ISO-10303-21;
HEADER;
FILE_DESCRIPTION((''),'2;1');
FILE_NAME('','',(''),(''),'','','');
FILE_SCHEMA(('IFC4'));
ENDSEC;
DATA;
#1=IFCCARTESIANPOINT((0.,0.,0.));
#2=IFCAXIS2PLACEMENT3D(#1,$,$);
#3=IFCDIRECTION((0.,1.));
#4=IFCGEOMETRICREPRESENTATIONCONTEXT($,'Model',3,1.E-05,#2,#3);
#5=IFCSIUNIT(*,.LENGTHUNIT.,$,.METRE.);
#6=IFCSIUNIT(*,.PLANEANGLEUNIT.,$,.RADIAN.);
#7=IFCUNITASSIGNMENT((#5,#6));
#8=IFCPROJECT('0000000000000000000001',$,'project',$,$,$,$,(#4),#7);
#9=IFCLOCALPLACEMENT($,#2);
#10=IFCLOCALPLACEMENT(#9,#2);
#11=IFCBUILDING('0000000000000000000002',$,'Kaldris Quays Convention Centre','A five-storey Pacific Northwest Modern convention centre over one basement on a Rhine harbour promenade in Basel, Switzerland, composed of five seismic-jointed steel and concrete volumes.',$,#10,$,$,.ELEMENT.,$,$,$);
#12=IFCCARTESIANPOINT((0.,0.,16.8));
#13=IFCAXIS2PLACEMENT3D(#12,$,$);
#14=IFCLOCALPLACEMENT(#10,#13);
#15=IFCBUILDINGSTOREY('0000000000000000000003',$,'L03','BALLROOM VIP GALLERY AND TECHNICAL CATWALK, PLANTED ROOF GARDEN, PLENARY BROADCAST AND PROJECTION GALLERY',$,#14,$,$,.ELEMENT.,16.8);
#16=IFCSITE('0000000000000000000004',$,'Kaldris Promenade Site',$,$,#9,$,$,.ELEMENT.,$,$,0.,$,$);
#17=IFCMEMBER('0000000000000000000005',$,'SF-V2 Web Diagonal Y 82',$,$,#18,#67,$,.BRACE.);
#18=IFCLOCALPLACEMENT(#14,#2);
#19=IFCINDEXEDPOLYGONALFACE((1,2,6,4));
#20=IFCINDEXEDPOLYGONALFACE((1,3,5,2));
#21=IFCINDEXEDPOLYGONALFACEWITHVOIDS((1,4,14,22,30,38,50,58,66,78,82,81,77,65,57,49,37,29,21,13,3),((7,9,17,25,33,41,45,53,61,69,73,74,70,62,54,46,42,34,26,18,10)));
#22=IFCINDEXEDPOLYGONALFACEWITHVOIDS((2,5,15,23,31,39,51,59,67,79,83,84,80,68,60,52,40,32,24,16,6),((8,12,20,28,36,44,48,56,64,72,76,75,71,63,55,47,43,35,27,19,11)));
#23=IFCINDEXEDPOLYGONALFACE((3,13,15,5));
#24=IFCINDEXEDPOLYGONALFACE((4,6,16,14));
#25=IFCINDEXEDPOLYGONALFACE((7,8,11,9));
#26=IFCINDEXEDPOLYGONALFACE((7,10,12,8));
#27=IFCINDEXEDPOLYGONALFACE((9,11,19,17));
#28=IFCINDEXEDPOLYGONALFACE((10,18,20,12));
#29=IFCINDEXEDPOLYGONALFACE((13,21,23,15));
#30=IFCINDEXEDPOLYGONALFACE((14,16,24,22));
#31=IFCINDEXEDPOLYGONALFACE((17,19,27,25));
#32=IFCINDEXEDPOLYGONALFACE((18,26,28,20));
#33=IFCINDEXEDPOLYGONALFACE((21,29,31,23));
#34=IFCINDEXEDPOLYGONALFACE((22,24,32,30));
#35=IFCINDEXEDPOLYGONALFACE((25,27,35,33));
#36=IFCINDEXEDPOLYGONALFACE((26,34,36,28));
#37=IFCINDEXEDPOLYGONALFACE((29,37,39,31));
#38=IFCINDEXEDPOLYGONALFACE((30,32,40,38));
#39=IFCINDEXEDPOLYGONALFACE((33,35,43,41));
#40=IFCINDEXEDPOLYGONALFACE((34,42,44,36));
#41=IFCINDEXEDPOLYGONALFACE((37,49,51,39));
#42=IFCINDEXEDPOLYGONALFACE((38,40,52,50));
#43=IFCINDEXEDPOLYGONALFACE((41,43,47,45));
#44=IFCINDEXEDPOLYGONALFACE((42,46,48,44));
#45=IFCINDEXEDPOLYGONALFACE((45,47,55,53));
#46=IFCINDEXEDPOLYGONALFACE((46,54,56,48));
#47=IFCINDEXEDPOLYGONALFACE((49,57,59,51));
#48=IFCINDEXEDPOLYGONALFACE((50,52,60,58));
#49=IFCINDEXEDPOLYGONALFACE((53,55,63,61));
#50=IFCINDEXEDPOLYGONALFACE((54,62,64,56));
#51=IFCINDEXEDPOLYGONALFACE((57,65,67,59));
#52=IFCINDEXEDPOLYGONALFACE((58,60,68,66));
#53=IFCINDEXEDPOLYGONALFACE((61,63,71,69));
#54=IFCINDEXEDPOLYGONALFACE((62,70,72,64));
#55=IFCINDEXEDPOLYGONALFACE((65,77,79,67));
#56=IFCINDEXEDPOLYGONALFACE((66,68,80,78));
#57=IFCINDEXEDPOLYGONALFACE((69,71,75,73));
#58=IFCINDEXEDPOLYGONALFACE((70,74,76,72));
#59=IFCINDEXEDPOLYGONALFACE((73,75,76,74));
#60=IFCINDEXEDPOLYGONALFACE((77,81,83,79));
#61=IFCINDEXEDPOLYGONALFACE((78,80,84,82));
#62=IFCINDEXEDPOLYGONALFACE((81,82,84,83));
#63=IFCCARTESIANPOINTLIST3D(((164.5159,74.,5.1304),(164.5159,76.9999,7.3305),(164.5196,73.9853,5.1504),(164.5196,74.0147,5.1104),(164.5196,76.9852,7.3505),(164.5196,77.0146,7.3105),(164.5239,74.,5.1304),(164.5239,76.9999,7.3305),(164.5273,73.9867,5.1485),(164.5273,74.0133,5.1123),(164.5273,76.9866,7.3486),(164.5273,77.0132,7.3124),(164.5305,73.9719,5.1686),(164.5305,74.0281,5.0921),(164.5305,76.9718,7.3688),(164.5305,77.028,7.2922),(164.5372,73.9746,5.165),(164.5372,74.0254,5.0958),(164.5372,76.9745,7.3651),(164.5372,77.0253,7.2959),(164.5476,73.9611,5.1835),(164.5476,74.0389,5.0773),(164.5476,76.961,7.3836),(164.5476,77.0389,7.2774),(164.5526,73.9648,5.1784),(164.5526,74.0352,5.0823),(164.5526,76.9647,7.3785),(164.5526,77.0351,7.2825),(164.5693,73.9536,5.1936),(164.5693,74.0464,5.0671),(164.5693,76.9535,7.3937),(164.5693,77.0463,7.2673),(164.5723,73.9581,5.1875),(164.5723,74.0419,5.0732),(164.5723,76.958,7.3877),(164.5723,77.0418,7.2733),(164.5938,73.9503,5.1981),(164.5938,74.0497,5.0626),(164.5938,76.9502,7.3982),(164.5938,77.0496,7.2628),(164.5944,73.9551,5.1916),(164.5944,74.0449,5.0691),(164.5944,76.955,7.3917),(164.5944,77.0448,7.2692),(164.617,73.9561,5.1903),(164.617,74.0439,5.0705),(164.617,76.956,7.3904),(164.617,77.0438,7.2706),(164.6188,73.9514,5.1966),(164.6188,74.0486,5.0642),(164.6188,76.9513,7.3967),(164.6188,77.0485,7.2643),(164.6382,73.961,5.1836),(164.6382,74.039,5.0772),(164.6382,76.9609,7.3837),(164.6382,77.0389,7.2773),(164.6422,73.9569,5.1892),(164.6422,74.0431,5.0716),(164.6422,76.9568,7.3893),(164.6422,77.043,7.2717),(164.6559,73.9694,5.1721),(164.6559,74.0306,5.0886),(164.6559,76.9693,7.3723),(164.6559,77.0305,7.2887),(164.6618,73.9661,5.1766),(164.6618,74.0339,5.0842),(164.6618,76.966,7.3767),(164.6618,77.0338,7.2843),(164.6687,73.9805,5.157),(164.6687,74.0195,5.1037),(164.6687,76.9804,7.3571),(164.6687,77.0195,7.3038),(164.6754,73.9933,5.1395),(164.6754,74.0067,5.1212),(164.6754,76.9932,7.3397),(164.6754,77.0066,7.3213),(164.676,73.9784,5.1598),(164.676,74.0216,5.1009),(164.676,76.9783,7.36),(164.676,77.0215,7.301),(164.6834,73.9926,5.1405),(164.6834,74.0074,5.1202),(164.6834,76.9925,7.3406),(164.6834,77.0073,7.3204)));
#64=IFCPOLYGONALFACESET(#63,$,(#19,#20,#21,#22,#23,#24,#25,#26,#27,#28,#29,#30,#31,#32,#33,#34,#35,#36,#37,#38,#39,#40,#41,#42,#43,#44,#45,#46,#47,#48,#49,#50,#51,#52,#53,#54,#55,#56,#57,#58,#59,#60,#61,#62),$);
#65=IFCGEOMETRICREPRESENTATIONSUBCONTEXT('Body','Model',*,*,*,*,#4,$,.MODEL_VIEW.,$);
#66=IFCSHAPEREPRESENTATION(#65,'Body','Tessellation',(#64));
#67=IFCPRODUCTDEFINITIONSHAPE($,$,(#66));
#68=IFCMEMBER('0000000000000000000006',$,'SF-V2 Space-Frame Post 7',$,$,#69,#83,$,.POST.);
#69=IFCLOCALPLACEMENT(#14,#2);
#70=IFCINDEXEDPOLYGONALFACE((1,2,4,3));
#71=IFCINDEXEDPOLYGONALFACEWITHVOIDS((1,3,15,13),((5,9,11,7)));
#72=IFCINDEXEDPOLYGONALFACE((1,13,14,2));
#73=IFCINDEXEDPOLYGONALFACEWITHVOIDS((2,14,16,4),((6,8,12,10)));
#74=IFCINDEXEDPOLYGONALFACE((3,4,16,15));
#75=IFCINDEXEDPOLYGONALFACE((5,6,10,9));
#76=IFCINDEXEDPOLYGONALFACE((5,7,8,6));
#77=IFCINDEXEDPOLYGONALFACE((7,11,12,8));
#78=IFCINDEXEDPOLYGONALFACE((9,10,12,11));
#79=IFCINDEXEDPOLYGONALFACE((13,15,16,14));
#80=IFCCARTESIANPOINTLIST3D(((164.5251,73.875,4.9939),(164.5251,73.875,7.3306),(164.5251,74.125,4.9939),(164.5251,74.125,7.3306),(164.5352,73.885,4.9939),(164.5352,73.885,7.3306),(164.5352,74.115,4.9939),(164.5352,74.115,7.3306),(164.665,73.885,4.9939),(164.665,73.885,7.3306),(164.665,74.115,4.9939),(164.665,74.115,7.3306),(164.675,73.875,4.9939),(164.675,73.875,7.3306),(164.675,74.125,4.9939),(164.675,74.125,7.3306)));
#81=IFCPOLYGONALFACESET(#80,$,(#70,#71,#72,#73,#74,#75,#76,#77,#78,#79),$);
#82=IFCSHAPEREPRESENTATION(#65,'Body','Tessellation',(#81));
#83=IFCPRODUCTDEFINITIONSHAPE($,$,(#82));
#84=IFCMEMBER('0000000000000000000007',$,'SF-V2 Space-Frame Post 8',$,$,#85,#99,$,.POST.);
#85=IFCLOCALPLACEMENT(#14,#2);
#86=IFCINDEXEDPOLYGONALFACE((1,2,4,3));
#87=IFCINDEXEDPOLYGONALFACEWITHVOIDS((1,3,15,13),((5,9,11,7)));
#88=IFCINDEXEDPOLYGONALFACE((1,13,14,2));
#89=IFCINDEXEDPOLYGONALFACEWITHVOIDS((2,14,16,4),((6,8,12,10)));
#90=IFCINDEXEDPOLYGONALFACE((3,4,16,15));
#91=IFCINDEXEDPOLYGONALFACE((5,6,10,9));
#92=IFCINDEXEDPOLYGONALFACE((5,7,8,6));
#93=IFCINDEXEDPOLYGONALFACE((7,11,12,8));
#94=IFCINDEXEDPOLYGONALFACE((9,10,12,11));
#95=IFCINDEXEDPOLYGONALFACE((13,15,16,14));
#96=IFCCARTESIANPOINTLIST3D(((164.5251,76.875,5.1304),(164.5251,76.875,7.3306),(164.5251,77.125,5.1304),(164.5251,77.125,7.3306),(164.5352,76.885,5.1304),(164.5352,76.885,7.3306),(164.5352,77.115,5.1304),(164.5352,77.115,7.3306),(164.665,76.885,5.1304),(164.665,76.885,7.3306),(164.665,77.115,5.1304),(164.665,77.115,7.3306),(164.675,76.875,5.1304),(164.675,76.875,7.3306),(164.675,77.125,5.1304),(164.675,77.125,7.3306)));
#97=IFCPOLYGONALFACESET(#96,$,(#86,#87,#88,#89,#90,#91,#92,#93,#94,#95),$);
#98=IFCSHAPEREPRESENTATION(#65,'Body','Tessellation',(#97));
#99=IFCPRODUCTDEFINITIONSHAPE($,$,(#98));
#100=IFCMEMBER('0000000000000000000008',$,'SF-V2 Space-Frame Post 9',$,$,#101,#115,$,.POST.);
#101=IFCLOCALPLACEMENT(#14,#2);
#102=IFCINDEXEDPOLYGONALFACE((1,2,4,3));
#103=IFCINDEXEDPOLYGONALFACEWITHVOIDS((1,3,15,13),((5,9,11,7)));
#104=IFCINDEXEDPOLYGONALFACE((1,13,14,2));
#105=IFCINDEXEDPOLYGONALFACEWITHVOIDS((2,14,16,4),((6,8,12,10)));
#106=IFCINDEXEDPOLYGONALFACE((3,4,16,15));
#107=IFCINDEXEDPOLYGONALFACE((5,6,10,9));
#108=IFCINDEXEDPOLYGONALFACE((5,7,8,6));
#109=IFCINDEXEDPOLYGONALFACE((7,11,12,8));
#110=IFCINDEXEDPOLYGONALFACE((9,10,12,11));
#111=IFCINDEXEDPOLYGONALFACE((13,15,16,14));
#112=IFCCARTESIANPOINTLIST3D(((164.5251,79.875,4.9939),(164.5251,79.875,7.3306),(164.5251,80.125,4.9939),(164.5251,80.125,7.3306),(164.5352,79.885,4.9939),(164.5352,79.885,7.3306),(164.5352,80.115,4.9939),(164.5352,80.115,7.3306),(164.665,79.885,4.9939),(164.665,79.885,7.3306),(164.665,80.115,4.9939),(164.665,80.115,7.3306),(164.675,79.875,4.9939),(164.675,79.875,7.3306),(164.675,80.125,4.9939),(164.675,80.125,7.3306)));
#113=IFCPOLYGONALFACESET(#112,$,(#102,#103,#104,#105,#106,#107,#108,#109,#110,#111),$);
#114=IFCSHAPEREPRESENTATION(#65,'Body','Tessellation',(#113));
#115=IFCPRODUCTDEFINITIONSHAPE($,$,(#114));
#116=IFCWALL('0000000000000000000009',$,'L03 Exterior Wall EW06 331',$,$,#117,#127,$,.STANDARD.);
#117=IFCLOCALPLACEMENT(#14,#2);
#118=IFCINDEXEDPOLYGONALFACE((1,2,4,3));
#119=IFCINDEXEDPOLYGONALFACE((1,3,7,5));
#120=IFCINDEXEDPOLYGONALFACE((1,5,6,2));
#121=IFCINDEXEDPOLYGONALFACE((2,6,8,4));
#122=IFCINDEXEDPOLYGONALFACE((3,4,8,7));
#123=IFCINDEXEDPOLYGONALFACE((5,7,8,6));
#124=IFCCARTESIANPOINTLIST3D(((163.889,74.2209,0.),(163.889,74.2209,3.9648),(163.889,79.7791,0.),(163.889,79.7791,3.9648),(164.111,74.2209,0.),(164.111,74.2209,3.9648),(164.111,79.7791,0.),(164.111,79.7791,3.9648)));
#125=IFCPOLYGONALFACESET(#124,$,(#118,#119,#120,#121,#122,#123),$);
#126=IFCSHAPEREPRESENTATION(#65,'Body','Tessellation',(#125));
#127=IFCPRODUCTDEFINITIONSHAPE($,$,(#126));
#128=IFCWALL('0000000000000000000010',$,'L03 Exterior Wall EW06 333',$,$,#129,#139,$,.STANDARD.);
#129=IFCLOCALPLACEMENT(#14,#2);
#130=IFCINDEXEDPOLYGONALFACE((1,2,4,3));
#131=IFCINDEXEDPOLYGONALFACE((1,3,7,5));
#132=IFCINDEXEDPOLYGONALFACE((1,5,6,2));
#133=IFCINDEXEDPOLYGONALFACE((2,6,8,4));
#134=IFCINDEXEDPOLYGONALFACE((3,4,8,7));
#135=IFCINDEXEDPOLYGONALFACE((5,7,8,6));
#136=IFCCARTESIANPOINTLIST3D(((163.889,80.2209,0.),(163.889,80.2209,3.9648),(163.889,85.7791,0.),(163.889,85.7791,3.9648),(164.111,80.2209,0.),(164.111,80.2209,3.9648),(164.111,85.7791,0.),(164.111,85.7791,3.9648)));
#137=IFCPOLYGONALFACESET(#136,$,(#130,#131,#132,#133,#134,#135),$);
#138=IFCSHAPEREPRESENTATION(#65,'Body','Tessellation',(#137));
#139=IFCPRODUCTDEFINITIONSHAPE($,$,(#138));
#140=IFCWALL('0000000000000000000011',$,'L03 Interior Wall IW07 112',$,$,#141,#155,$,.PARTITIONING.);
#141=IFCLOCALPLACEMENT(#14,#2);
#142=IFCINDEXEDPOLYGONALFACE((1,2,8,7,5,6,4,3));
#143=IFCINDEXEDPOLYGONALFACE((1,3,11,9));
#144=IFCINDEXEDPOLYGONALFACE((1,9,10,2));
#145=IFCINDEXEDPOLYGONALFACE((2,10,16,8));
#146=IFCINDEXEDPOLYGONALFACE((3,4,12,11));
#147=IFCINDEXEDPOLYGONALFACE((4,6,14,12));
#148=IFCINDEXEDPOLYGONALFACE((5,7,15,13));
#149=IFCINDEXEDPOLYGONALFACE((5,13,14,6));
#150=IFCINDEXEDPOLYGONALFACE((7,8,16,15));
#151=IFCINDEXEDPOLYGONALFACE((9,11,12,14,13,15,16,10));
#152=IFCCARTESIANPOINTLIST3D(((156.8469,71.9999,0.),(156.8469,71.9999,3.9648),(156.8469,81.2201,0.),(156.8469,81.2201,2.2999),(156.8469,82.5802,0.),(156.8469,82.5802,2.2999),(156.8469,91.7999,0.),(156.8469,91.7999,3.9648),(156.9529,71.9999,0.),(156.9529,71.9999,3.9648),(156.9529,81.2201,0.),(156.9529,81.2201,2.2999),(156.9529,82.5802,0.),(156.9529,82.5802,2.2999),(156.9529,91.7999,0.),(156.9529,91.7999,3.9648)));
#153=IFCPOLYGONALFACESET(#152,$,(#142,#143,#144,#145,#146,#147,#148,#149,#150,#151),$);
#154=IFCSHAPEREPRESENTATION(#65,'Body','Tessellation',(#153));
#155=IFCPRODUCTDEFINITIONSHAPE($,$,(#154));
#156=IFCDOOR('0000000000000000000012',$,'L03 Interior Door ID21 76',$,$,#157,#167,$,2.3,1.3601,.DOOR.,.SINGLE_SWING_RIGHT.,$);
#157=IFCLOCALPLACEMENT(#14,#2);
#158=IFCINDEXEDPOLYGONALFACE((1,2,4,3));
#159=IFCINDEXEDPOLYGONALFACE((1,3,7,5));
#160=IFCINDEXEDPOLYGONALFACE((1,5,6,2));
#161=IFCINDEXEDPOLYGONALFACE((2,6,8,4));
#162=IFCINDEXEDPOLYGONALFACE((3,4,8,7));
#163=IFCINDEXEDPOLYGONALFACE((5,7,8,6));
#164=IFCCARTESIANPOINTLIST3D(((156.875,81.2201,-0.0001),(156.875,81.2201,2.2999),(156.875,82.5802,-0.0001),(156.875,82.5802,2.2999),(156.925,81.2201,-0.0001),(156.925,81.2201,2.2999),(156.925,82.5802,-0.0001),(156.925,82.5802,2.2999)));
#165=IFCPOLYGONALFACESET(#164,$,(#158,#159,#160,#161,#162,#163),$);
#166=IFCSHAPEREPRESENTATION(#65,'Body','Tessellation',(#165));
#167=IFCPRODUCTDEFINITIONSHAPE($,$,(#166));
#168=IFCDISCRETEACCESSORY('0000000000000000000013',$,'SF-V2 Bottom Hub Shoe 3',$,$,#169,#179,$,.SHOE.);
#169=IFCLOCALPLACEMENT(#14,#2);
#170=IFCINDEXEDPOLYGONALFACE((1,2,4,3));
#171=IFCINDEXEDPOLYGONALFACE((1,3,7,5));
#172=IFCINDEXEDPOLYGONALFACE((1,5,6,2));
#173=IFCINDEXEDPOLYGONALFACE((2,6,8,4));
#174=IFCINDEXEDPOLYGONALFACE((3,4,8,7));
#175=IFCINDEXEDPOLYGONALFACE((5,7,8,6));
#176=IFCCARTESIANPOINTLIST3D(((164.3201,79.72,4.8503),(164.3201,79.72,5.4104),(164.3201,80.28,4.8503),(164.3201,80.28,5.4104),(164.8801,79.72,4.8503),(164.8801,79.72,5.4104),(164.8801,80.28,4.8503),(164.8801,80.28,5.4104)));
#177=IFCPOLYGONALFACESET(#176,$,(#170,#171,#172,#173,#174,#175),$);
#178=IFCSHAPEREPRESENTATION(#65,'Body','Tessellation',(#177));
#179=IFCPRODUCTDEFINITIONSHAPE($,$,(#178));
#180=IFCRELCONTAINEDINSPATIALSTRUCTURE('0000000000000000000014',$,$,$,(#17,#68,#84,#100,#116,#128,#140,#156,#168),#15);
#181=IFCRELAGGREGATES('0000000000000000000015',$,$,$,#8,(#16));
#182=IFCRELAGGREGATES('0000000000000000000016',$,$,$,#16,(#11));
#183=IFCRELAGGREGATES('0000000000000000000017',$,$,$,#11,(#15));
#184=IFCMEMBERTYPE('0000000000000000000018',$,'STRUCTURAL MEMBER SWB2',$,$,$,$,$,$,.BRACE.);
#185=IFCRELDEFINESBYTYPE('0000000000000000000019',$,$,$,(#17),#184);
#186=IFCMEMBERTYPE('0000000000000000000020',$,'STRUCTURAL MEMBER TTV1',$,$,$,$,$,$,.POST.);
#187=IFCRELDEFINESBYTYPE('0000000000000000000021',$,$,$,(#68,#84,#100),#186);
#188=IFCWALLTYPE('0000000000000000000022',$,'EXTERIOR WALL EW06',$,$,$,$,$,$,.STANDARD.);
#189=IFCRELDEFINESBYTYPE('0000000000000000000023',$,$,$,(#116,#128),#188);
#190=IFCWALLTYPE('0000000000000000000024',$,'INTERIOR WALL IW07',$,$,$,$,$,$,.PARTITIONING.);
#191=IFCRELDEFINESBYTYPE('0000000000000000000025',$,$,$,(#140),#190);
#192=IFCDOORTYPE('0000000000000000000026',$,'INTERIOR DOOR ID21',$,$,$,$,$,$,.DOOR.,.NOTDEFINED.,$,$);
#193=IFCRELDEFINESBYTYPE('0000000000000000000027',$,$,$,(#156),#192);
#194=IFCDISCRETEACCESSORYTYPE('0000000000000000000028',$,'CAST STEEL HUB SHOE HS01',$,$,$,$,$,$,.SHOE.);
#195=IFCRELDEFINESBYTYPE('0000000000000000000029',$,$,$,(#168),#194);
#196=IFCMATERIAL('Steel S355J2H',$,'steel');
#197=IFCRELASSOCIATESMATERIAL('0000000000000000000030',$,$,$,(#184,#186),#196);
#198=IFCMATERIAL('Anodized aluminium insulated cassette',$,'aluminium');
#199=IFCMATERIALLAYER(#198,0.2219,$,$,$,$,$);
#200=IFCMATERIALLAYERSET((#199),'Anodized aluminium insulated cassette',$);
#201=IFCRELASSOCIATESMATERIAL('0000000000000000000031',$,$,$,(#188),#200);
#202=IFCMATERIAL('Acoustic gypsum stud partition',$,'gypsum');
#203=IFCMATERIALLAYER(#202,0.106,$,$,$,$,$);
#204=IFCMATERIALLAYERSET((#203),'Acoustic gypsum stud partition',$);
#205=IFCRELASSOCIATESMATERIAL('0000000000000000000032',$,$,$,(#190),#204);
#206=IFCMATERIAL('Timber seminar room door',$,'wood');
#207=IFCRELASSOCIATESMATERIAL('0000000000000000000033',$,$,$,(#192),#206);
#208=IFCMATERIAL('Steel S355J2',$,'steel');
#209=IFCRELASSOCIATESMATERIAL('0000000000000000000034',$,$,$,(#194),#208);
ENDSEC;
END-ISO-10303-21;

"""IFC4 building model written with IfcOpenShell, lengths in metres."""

from ifc_helpers import new_model, si_unit, direction, frame, frame_2d, origin, origin_2d, place, context, subcontext, project, spatial, rectangle, hollow_rectangle, hollow_circle, extrude, material, layer, layer_set, material_profile, profile_set, type_object, element, fill, save


model = new_model("IFC4")

# Units and contexts
model_context = context("Model", 3, precision=1e-05, world=origin(), true_north=direction((0.0, 1.0)))
body_context = subcontext(model_context, "Body", "Model", "MODEL_VIEW")
ifc_project = project(units=[si_unit("LENGTHUNIT", "METRE"), si_unit("PLANEANGLEUNIT", "RADIAN")], contexts=[model_context])

# Site, building, storey
site_placement = place(None, origin())
site = spatial("IfcSite", under=ifc_project, at=site_placement, Name="Kaldris Promenade Site", CompositionType="ELEMENT", RefElevation=0.0)
building_placement = place(site_placement, origin())
building = spatial("IfcBuilding", under=site, at=building_placement, Name="Kaldris Quays Convention Centre", Description="A five-storey Pacific Northwest Modern convention centre over one basement on a Rhine harbour promenade in Basel, Switzerland, composed of five seismic-jointed steel and concrete volumes.", CompositionType="ELEMENT")
storey_placement = place(building_placement, frame((0.0, 0.0, 16.8)))
storey = spatial("IfcBuildingStorey", under=building, at=storey_placement, Name="L03", Description="BALLROOM VIP GALLERY AND TECHNICAL CATWALK, PLANTED ROOF GARDEN, PLENARY BROADCAST AND PROJECTION GALLERY", CompositionType="ELEMENT", Elevation=16.8)

# Shared definitions
ifc_material_1 = material(Name="Steel S355J2", Category="steel")

# Members
ifc_material_2 = material(Name="Steel S355J2H", Category="steel")
ifc_material_profile_1 = material_profile(ifc_material_2, hollow_circle(Radius=0.0842, WallThickness=0.0081, at=origin_2d()), Name="CHS 168.3x8")
ifc_profile_set_1 = profile_set([ifc_material_profile_1], Name="Steel S355J2H")
member_type_1 = type_object("IfcMemberType", Name="STRUCTURAL MEMBER SWB2", PredefinedType="BRACE", material=ifc_profile_set_1)
for number, where, z_axis, x_axis, name in (
    (1, (164.6001, 74.0, 5.1304), (0.0, 0.80638, 0.591398), (-1.0, 0.0, 0.0), "SF-V2 Web Diagonal Y 82"),
):
    element("IfcMember", number, at=place(storey_placement, frame(where, z_axis=z_axis, x_axis=x_axis)), inside=storey, type_object=member_type_1, Name=name, PredefinedType="BRACE", context=body_context, shape_type="SweptSolid", body=[
        extrude(hollow_circle(Radius=0.0842, WallThickness=0.0081, at=origin_2d()), origin(), (0.0, 0.0, 1.0), 3.7202),
    ])
ifc_material_profile_2 = material_profile(ifc_material_2, hollow_rectangle(XDim=0.1499, YDim=0.25, WallThickness=0.01, at=origin_2d()), Name="RHS 250x150x10")
ifc_profile_set_2 = profile_set([ifc_material_profile_2], Name="Steel S355J2H")
member_type_2 = type_object("IfcMemberType", Name="STRUCTURAL MEMBER TTV1", PredefinedType="POST", material=ifc_profile_set_2)
member_1_placement = place(storey_placement, frame((164.6001, 74.0, 4.9939), z_axis=(0.0, 0.0, 1.0), x_axis=(1.0, 0.0, 0.0)))
element("IfcMember", 2, at=member_1_placement, inside=storey, type_object=member_type_2, Name="SF-V2 Space-Frame Post 7", PredefinedType="POST", context=body_context, shape_type="SweptSolid", body=[
    extrude(hollow_rectangle(XDim=0.1499, YDim=0.25, WallThickness=0.01, at=origin_2d()), origin(), (0.0, 0.0, 1.0), 2.3367),
])
member_2_placement = place(storey_placement, frame((164.6001, 77.0, 5.1304), z_axis=(0.0, 0.0, 1.0), x_axis=(1.0, 0.0, 0.0)))
element("IfcMember", 3, at=member_2_placement, inside=storey, type_object=member_type_2, Name="SF-V2 Space-Frame Post 8", PredefinedType="POST", context=body_context, shape_type="SweptSolid", body=[
    extrude(hollow_rectangle(XDim=0.1499, YDim=0.25, WallThickness=0.01, at=origin_2d()), origin(), (0.0, 0.0, 1.0), 2.2002),
])
member_3_placement = place(storey_placement, frame((164.6001, 80.0, 4.9939), z_axis=(0.0, 0.0, 1.0), x_axis=(1.0, 0.0, 0.0)))
element("IfcMember", 4, at=member_3_placement, inside=storey, type_object=member_type_2, Name="SF-V2 Space-Frame Post 9", PredefinedType="POST", context=body_context, shape_type="SweptSolid", body=[
    extrude(hollow_rectangle(XDim=0.1499, YDim=0.25, WallThickness=0.01, at=origin_2d()), origin(), (0.0, 0.0, 1.0), 2.3367),
])

# Walls
ifc_material_3 = material(Name="Anodized aluminium insulated cassette", Category="aluminium")
ifc_layer_1 = layer(ifc_material_3, 0.2219)
ifc_layer_set_1 = layer_set([ifc_layer_1], Name="Anodized aluminium insulated cassette")
wall_type_1 = type_object("IfcWallType", Name="EXTERIOR WALL EW06", PredefinedType="STANDARD", material=ifc_layer_set_1)
for number, where, z_axis, x_axis, name in (
    (5, (164.0, 74.2209, 0.0), (0.0, 0.0, 1.0), (0.0, 1.0, 0.0), "L03 Exterior Wall EW06 331"),
    (6, (164.0, 80.2209, 0.0), (0.0, 0.0, 1.0), (0.0, 1.0, 0.0), "L03 Exterior Wall EW06 333"),
):
    element("IfcWall", number, at=place(storey_placement, frame(where, z_axis=z_axis, x_axis=x_axis)), inside=storey, type_object=wall_type_1, Name=name, PredefinedType="STANDARD", context=body_context, shape_type="SweptSolid", body=[
        extrude(rectangle(XDim=5.5581, YDim=0.2219, at=frame_2d((2.7791, 0.0))), origin(), (0.0, 0.0, 1.0), 3.9648),
    ])

# Wall, opening, door
ifc_material_4 = material(Name="Acoustic gypsum stud partition", Category="gypsum")
ifc_layer_2 = layer(ifc_material_4, 0.106)
ifc_layer_set_2 = layer_set([ifc_layer_2], Name="Acoustic gypsum stud partition")
wall_type_2 = type_object("IfcWallType", Name="INTERIOR WALL IW07", PredefinedType="PARTITIONING", material=ifc_layer_set_2)
wall_placement = place(storey_placement, frame((156.8999, 72.0, 0.0), z_axis=(0.0, 0.0, 1.0), x_axis=(0.0, 1.0, 0.0)))
wall = element("IfcWall", 7, at=wall_placement, inside=storey, type_object=wall_type_2, Name="L03 Interior Wall IW07 112", PredefinedType="PARTITIONING", context=body_context, shape_type="SweptSolid", body=[
    extrude(rectangle(XDim=19.8, YDim=0.106, at=frame_2d((9.8999, 0.0))), origin(), (0.0, 0.0, 1.0), 3.9648),
])
opening_placement = place(wall_placement, frame((9.22, 0.0, 0.0)))
opening = element("IfcOpeningElement", 8, at=opening_placement, cuts=wall, PredefinedType="OPENING", context=body_context, shape_type="SweptSolid", body=[
    extrude(rectangle(XDim=1.3601, YDim=2.3, at=frame_2d((0.6802, 1.1499))), frame((0.0, 0.063, 0.0), z_axis=(0.0, -1.0, 0.0), x_axis=(1.0, 0.0, 0.0)), (0.0, 0.0, 1.0), 0.126),
])
ifc_material_5 = material(Name="Timber seminar room door", Category="wood")
door_type = type_object("IfcDoorType", Name="INTERIOR DOOR ID21", OperationType="NOTDEFINED", PredefinedType="DOOR", material=ifc_material_5)
door_placement = place(opening_placement, origin())
door = element("IfcDoor", 9, at=door_placement, inside=storey, type_object=door_type, Name="L03 Interior Door ID21 76", OperationType="SINGLE_SWING_RIGHT", OverallHeight=2.3, OverallWidth=1.3601, PredefinedType="DOOR", context=body_context, shape_type="SweptSolid", body=[
    extrude(rectangle(XDim=1.3601, YDim=2.3, at=frame_2d((0.6802, 1.1499))), frame((0.0, 0.0249, 0.0), z_axis=(0.0, -1.0, 0.0), x_axis=(1.0, 0.0, 0.0)), (0.0, 0.0, 1.0), 0.05),
])
fill(opening, door)

# Discrete accessory
discrete_accessory_type = type_object("IfcDiscreteAccessoryType", Name="CAST STEEL HUB SHOE HS01", PredefinedType="SHOE", material=ifc_material_1)
discrete_accessory_placement = place(storey_placement, frame((164.6001, 80.0, 4.8503), z_axis=(0.0, 0.0, 1.0), x_axis=(1.0, 0.0, 0.0)))
element("IfcDiscreteAccessory", 10, at=discrete_accessory_placement, inside=storey, type_object=discrete_accessory_type, Name="SF-V2 Bottom Hub Shoe 3", PredefinedType="SHOE", context=body_context, shape_type="SweptSolid", body=[
    extrude(rectangle(XDim=0.5601, YDim=0.5601, at=origin_2d()), origin(), (0.0, 0.0, 1.0), 0.5601),
])

save(model, "model.ifc")
